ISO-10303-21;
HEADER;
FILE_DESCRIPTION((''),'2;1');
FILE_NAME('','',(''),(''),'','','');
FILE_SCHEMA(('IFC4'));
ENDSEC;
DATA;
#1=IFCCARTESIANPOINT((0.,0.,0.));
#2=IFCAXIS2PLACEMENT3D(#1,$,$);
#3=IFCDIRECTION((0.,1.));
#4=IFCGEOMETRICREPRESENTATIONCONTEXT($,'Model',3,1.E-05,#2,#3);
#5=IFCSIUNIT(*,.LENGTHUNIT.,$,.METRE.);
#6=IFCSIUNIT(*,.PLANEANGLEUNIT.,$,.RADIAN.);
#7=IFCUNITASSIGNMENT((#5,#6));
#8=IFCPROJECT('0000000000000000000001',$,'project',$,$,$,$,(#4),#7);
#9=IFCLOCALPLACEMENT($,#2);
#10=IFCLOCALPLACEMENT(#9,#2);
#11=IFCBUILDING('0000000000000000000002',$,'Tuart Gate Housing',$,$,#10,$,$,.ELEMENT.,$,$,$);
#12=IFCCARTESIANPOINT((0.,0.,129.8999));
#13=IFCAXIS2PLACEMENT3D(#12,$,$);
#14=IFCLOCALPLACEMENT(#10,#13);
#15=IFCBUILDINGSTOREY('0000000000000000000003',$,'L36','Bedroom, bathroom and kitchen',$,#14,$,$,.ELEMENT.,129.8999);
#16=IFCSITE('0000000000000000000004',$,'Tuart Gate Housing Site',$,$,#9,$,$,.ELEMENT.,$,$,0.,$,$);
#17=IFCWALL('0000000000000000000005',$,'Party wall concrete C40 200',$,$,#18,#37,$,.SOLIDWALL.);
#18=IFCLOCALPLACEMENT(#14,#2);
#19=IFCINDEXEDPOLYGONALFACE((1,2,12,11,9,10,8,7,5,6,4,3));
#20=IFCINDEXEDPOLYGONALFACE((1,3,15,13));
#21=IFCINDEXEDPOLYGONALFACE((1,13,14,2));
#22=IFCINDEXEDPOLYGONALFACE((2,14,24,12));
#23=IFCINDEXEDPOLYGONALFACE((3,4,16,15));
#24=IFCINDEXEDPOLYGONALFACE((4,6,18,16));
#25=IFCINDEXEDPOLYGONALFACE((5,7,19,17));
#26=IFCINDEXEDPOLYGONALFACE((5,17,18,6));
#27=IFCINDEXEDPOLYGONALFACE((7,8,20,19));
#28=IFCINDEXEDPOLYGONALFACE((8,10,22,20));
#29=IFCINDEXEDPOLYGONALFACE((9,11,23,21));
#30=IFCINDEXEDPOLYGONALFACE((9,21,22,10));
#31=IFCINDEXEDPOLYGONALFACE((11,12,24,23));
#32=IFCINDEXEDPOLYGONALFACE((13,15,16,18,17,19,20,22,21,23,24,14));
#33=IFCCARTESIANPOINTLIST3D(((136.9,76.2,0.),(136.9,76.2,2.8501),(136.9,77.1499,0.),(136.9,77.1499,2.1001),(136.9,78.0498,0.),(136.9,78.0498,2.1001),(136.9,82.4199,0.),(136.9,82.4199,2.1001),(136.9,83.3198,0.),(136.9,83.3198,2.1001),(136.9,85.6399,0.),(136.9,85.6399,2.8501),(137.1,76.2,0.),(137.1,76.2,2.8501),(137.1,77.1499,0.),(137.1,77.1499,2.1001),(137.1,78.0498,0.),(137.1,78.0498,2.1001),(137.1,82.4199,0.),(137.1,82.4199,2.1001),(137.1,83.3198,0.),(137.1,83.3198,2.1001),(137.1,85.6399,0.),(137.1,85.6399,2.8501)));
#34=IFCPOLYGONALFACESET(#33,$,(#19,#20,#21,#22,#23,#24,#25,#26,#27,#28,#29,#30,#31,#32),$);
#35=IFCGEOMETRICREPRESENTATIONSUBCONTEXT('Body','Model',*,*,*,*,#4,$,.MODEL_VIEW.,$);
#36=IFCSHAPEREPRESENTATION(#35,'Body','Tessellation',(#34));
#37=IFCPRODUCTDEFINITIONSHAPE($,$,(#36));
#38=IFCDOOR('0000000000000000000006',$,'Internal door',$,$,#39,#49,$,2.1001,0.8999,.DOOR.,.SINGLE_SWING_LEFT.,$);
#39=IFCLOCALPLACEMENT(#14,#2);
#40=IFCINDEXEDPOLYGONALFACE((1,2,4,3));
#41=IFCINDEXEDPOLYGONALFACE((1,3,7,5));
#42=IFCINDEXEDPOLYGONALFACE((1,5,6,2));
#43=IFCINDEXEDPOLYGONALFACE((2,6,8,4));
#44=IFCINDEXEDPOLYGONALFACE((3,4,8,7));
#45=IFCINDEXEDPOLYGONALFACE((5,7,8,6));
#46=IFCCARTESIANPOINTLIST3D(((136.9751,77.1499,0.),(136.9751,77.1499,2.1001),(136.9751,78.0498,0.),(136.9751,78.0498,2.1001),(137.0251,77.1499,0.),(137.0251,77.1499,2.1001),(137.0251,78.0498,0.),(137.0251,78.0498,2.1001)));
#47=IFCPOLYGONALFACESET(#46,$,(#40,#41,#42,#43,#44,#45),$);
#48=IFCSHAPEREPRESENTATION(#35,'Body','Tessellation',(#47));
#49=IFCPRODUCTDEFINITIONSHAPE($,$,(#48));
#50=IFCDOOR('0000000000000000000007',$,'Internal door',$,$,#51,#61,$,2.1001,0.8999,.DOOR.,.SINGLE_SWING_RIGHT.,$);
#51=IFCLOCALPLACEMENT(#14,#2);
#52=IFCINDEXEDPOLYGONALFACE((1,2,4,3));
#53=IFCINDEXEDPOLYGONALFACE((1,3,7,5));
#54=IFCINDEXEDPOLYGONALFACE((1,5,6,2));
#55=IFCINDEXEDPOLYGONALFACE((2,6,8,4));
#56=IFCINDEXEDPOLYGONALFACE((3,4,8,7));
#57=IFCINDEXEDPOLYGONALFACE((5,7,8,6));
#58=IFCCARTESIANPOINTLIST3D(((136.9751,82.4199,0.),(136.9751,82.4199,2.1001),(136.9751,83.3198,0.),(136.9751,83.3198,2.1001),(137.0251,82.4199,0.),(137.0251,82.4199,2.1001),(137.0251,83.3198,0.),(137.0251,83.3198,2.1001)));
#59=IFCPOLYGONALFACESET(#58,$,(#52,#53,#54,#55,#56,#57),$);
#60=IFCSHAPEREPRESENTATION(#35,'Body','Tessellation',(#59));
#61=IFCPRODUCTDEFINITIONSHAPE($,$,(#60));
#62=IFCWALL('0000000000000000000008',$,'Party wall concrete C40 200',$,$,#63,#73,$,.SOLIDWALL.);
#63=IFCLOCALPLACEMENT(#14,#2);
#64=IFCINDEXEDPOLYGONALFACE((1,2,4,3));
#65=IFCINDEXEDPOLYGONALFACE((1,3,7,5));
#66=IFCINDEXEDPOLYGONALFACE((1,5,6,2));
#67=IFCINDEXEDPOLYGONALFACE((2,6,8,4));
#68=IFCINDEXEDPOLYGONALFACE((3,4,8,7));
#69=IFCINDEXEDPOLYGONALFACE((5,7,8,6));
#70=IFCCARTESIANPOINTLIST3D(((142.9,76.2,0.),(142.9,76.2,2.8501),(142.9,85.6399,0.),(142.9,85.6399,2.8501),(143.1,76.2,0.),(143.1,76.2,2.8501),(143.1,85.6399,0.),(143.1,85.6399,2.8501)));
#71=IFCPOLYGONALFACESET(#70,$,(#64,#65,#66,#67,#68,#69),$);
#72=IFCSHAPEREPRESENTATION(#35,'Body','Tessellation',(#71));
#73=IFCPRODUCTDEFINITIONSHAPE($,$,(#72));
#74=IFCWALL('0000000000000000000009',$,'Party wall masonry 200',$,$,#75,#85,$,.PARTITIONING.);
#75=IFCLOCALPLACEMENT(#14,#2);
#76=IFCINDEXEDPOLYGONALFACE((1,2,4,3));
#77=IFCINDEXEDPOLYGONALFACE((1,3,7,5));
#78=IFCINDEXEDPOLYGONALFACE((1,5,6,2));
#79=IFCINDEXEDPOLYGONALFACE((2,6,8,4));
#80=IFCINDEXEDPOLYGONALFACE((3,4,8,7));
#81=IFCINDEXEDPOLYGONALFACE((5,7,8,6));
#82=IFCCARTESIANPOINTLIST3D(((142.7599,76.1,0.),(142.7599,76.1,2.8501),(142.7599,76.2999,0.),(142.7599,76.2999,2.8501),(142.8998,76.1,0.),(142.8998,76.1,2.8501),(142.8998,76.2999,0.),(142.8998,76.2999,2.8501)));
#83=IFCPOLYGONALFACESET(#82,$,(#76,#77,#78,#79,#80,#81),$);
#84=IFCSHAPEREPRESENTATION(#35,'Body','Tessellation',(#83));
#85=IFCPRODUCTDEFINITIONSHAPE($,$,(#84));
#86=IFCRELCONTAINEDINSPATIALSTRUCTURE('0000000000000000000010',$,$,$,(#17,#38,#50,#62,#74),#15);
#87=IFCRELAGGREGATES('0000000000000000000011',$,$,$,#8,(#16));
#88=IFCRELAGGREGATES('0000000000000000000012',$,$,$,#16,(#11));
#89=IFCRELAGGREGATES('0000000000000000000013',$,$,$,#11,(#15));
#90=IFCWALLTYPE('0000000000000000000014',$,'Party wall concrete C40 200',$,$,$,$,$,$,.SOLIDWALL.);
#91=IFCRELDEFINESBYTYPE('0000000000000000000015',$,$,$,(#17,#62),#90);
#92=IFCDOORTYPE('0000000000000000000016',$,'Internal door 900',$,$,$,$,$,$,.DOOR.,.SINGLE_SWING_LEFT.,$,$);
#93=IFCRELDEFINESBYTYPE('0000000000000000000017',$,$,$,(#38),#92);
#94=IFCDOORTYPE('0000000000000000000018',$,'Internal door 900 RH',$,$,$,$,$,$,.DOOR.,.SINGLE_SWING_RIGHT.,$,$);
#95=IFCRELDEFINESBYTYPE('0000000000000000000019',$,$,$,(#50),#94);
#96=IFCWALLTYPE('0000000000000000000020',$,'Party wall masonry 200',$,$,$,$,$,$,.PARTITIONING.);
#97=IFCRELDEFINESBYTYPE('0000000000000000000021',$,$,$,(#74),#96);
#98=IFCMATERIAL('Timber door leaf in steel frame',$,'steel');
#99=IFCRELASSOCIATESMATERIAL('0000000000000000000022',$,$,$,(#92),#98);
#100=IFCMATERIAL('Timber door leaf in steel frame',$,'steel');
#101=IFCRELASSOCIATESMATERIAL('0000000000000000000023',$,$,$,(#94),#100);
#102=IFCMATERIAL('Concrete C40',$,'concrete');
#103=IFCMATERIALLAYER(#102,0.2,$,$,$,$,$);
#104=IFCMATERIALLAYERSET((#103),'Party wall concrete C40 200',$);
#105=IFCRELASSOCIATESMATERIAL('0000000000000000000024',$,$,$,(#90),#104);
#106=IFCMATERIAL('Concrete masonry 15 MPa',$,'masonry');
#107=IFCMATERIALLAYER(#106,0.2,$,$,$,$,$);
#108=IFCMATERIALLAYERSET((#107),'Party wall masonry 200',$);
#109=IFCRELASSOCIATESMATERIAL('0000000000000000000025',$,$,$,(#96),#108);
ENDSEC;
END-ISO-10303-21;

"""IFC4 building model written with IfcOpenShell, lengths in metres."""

from ifc_helpers import new_model, si_unit, direction, frame, frame_2d, origin, place, context, subcontext, project, spatial, rectangle, extrude, material, layer, layer_set, type_object, element, fill, save


model = new_model("IFC4")

# Units and contexts
model_context = context("Model", 3, precision=1e-05, world=origin(), true_north=direction((0.0, 1.0)))
body_context = subcontext(model_context, "Body", "Model", "MODEL_VIEW")
ifc_project = project(units=[si_unit("LENGTHUNIT", "METRE"), si_unit("PLANEANGLEUNIT", "RADIAN")], contexts=[model_context])

# Site, building, storey
site_placement = place(None, origin())
site = spatial("IfcSite", under=ifc_project, at=site_placement, Name="Tuart Gate Housing Site", CompositionType="ELEMENT", RefElevation=0.0)
building_placement = place(site_placement, origin())
building = spatial("IfcBuilding", under=site, at=building_placement, Name="Tuart Gate Housing", CompositionType="ELEMENT")
storey_placement = place(building_placement, frame((0.0, 0.0, 129.8999)))
storey = spatial("IfcBuildingStorey", under=building, at=storey_placement, Name="L36", Description="Bedroom, bathroom and kitchen", CompositionType="ELEMENT", Elevation=129.8999)

# Shared definitions
ifc_material_1 = material(Name="Timber door leaf in steel frame", Category="steel")
door_type_1 = type_object("IfcDoorType", Name="Internal door 900", OperationType="SINGLE_SWING_LEFT", PredefinedType="DOOR", material=ifc_material_1)

# Shared definitions
ifc_material_2 = material(Name="Timber door leaf in steel frame", Category="steel")
door_type_2 = type_object("IfcDoorType", Name="Internal door 900 RH", OperationType="SINGLE_SWING_RIGHT", PredefinedType="DOOR", material=ifc_material_2)

# Wall, openings, doors
ifc_material_3 = material(Name="Concrete C40", Category="concrete")
ifc_layer_1 = layer(ifc_material_3, 0.2)
ifc_layer_set_1 = layer_set([ifc_layer_1], Name="Party wall concrete C40 200")
wall_type_1 = type_object("IfcWallType", Name="Party wall concrete C40 200", PredefinedType="SOLIDWALL", material=ifc_layer_set_1)
wall_1_placement = place(storey_placement, frame((137.0, 76.2, 0.0), z_axis=(0.0, 0.0, 1.0), x_axis=(0.0, 1.0, 0.0)))
wall_1 = element("IfcWall", 1, at=wall_1_placement, inside=storey, type_object=wall_type_1, Name="Party wall concrete C40 200", PredefinedType="SOLIDWALL", context=body_context, shape_type="SweptSolid", body=[
    extrude(rectangle(XDim=9.4399, YDim=0.2, at=frame_2d((4.72, 0.0))), origin(), (0.0, 0.0, 1.0), 2.8501),
])
opening_1_placement = place(wall_1_placement, frame((6.22, 0.0, 0.0)))
opening_1 = element("IfcOpeningElement", 2, at=opening_1_placement, cuts=wall_1, PredefinedType="OPENING", context=body_context, shape_type="SweptSolid", body=[
    extrude(rectangle(XDim=0.8999, YDim=2.1001, at=frame_2d((0.45, 1.05))), frame((0.0, 0.1099, 0.0), z_axis=(0.0, -1.0, 0.0), x_axis=(1.0, 0.0, 0.0)), (0.0, 0.0, 1.0), 0.22),
])
opening_2_placement = place(wall_1_placement, frame((0.95, 0.0, 0.0)))
opening_2 = element("IfcOpeningElement", 3, at=opening_2_placement, cuts=wall_1, PredefinedType="OPENING", context=body_context, shape_type="SweptSolid", body=[
    extrude(rectangle(XDim=0.8999, YDim=2.1001, at=frame_2d((0.45, 1.05))), frame((0.0, 0.1099, 0.0), z_axis=(0.0, -1.0, 0.0), x_axis=(1.0, 0.0, 0.0)), (0.0, 0.0, 1.0), 0.22),
])
door_1_placement = place(opening_2_placement, origin())
door_1 = element("IfcDoor", 4, at=door_1_placement, inside=storey, type_object=door_type_1, Name="Internal door", OperationType="SINGLE_SWING_LEFT", OverallHeight=2.1001, OverallWidth=0.8999, PredefinedType="DOOR", context=body_context, shape_type="SweptSolid", body=[
    extrude(rectangle(XDim=0.8999, YDim=2.1001, at=frame_2d((0.45, 1.05))), frame((0.0, 0.0249, 0.0), z_axis=(0.0, -1.0, 0.0), x_axis=(1.0, 0.0, 0.0)), (0.0, 0.0, 1.0), 0.05),
])
fill(opening_2, door_1)
door_2_placement = place(opening_1_placement, origin())
door_2 = element("IfcDoor", 5, at=door_2_placement, inside=storey, type_object=door_type_2, Name="Internal door", OperationType="SINGLE_SWING_RIGHT", OverallHeight=2.1001, OverallWidth=0.8999, PredefinedType="DOOR", context=body_context, shape_type="SweptSolid", body=[
    extrude(rectangle(XDim=0.8999, YDim=2.1001, at=frame_2d((0.45, 1.05))), frame((0.0, 0.0249, 0.0), z_axis=(0.0, -1.0, 0.0), x_axis=(1.0, 0.0, 0.0)), (0.0, 0.0, 1.0), 0.05),
])
fill(opening_1, door_2)

# Walls
wall_2_placement = place(storey_placement, frame((143.0, 76.2, 0.0), z_axis=(0.0, 0.0, 1.0), x_axis=(0.0, 1.0, 0.0)))
element("IfcWall", 6, at=wall_2_placement, inside=storey, type_object=wall_type_1, Name="Party wall concrete C40 200", PredefinedType="SOLIDWALL", context=body_context, shape_type="SweptSolid", body=[
    extrude(rectangle(XDim=9.4399, YDim=0.2, at=frame_2d((4.72, 0.0))), origin(), (0.0, 0.0, 1.0), 2.8501),
])
ifc_material_4 = material(Name="Concrete masonry 15 MPa", Category="masonry")
ifc_layer_2 = layer(ifc_material_4, 0.2)
ifc_layer_set_2 = layer_set([ifc_layer_2], Name="Party wall masonry 200")
wall_type_2 = type_object("IfcWallType", Name="Party wall masonry 200", PredefinedType="PARTITIONING", material=ifc_layer_set_2)
wall_3_placement = place(storey_placement, frame((142.76, 76.2, 0.0), z_axis=(0.0, 0.0, 1.0), x_axis=(1.0, 0.0, 0.0)))
element("IfcWall", 7, at=wall_3_placement, inside=storey, type_object=wall_type_2, Name="Party wall masonry 200", PredefinedType="PARTITIONING", context=body_context, shape_type="SweptSolid", body=[
    extrude(rectangle(XDim=0.1399, YDim=0.2, at=frame_2d((0.0698, 0.0))), origin(), (0.0, 0.0, 1.0), 2.8501),
])

save(model, "model.ifc")
